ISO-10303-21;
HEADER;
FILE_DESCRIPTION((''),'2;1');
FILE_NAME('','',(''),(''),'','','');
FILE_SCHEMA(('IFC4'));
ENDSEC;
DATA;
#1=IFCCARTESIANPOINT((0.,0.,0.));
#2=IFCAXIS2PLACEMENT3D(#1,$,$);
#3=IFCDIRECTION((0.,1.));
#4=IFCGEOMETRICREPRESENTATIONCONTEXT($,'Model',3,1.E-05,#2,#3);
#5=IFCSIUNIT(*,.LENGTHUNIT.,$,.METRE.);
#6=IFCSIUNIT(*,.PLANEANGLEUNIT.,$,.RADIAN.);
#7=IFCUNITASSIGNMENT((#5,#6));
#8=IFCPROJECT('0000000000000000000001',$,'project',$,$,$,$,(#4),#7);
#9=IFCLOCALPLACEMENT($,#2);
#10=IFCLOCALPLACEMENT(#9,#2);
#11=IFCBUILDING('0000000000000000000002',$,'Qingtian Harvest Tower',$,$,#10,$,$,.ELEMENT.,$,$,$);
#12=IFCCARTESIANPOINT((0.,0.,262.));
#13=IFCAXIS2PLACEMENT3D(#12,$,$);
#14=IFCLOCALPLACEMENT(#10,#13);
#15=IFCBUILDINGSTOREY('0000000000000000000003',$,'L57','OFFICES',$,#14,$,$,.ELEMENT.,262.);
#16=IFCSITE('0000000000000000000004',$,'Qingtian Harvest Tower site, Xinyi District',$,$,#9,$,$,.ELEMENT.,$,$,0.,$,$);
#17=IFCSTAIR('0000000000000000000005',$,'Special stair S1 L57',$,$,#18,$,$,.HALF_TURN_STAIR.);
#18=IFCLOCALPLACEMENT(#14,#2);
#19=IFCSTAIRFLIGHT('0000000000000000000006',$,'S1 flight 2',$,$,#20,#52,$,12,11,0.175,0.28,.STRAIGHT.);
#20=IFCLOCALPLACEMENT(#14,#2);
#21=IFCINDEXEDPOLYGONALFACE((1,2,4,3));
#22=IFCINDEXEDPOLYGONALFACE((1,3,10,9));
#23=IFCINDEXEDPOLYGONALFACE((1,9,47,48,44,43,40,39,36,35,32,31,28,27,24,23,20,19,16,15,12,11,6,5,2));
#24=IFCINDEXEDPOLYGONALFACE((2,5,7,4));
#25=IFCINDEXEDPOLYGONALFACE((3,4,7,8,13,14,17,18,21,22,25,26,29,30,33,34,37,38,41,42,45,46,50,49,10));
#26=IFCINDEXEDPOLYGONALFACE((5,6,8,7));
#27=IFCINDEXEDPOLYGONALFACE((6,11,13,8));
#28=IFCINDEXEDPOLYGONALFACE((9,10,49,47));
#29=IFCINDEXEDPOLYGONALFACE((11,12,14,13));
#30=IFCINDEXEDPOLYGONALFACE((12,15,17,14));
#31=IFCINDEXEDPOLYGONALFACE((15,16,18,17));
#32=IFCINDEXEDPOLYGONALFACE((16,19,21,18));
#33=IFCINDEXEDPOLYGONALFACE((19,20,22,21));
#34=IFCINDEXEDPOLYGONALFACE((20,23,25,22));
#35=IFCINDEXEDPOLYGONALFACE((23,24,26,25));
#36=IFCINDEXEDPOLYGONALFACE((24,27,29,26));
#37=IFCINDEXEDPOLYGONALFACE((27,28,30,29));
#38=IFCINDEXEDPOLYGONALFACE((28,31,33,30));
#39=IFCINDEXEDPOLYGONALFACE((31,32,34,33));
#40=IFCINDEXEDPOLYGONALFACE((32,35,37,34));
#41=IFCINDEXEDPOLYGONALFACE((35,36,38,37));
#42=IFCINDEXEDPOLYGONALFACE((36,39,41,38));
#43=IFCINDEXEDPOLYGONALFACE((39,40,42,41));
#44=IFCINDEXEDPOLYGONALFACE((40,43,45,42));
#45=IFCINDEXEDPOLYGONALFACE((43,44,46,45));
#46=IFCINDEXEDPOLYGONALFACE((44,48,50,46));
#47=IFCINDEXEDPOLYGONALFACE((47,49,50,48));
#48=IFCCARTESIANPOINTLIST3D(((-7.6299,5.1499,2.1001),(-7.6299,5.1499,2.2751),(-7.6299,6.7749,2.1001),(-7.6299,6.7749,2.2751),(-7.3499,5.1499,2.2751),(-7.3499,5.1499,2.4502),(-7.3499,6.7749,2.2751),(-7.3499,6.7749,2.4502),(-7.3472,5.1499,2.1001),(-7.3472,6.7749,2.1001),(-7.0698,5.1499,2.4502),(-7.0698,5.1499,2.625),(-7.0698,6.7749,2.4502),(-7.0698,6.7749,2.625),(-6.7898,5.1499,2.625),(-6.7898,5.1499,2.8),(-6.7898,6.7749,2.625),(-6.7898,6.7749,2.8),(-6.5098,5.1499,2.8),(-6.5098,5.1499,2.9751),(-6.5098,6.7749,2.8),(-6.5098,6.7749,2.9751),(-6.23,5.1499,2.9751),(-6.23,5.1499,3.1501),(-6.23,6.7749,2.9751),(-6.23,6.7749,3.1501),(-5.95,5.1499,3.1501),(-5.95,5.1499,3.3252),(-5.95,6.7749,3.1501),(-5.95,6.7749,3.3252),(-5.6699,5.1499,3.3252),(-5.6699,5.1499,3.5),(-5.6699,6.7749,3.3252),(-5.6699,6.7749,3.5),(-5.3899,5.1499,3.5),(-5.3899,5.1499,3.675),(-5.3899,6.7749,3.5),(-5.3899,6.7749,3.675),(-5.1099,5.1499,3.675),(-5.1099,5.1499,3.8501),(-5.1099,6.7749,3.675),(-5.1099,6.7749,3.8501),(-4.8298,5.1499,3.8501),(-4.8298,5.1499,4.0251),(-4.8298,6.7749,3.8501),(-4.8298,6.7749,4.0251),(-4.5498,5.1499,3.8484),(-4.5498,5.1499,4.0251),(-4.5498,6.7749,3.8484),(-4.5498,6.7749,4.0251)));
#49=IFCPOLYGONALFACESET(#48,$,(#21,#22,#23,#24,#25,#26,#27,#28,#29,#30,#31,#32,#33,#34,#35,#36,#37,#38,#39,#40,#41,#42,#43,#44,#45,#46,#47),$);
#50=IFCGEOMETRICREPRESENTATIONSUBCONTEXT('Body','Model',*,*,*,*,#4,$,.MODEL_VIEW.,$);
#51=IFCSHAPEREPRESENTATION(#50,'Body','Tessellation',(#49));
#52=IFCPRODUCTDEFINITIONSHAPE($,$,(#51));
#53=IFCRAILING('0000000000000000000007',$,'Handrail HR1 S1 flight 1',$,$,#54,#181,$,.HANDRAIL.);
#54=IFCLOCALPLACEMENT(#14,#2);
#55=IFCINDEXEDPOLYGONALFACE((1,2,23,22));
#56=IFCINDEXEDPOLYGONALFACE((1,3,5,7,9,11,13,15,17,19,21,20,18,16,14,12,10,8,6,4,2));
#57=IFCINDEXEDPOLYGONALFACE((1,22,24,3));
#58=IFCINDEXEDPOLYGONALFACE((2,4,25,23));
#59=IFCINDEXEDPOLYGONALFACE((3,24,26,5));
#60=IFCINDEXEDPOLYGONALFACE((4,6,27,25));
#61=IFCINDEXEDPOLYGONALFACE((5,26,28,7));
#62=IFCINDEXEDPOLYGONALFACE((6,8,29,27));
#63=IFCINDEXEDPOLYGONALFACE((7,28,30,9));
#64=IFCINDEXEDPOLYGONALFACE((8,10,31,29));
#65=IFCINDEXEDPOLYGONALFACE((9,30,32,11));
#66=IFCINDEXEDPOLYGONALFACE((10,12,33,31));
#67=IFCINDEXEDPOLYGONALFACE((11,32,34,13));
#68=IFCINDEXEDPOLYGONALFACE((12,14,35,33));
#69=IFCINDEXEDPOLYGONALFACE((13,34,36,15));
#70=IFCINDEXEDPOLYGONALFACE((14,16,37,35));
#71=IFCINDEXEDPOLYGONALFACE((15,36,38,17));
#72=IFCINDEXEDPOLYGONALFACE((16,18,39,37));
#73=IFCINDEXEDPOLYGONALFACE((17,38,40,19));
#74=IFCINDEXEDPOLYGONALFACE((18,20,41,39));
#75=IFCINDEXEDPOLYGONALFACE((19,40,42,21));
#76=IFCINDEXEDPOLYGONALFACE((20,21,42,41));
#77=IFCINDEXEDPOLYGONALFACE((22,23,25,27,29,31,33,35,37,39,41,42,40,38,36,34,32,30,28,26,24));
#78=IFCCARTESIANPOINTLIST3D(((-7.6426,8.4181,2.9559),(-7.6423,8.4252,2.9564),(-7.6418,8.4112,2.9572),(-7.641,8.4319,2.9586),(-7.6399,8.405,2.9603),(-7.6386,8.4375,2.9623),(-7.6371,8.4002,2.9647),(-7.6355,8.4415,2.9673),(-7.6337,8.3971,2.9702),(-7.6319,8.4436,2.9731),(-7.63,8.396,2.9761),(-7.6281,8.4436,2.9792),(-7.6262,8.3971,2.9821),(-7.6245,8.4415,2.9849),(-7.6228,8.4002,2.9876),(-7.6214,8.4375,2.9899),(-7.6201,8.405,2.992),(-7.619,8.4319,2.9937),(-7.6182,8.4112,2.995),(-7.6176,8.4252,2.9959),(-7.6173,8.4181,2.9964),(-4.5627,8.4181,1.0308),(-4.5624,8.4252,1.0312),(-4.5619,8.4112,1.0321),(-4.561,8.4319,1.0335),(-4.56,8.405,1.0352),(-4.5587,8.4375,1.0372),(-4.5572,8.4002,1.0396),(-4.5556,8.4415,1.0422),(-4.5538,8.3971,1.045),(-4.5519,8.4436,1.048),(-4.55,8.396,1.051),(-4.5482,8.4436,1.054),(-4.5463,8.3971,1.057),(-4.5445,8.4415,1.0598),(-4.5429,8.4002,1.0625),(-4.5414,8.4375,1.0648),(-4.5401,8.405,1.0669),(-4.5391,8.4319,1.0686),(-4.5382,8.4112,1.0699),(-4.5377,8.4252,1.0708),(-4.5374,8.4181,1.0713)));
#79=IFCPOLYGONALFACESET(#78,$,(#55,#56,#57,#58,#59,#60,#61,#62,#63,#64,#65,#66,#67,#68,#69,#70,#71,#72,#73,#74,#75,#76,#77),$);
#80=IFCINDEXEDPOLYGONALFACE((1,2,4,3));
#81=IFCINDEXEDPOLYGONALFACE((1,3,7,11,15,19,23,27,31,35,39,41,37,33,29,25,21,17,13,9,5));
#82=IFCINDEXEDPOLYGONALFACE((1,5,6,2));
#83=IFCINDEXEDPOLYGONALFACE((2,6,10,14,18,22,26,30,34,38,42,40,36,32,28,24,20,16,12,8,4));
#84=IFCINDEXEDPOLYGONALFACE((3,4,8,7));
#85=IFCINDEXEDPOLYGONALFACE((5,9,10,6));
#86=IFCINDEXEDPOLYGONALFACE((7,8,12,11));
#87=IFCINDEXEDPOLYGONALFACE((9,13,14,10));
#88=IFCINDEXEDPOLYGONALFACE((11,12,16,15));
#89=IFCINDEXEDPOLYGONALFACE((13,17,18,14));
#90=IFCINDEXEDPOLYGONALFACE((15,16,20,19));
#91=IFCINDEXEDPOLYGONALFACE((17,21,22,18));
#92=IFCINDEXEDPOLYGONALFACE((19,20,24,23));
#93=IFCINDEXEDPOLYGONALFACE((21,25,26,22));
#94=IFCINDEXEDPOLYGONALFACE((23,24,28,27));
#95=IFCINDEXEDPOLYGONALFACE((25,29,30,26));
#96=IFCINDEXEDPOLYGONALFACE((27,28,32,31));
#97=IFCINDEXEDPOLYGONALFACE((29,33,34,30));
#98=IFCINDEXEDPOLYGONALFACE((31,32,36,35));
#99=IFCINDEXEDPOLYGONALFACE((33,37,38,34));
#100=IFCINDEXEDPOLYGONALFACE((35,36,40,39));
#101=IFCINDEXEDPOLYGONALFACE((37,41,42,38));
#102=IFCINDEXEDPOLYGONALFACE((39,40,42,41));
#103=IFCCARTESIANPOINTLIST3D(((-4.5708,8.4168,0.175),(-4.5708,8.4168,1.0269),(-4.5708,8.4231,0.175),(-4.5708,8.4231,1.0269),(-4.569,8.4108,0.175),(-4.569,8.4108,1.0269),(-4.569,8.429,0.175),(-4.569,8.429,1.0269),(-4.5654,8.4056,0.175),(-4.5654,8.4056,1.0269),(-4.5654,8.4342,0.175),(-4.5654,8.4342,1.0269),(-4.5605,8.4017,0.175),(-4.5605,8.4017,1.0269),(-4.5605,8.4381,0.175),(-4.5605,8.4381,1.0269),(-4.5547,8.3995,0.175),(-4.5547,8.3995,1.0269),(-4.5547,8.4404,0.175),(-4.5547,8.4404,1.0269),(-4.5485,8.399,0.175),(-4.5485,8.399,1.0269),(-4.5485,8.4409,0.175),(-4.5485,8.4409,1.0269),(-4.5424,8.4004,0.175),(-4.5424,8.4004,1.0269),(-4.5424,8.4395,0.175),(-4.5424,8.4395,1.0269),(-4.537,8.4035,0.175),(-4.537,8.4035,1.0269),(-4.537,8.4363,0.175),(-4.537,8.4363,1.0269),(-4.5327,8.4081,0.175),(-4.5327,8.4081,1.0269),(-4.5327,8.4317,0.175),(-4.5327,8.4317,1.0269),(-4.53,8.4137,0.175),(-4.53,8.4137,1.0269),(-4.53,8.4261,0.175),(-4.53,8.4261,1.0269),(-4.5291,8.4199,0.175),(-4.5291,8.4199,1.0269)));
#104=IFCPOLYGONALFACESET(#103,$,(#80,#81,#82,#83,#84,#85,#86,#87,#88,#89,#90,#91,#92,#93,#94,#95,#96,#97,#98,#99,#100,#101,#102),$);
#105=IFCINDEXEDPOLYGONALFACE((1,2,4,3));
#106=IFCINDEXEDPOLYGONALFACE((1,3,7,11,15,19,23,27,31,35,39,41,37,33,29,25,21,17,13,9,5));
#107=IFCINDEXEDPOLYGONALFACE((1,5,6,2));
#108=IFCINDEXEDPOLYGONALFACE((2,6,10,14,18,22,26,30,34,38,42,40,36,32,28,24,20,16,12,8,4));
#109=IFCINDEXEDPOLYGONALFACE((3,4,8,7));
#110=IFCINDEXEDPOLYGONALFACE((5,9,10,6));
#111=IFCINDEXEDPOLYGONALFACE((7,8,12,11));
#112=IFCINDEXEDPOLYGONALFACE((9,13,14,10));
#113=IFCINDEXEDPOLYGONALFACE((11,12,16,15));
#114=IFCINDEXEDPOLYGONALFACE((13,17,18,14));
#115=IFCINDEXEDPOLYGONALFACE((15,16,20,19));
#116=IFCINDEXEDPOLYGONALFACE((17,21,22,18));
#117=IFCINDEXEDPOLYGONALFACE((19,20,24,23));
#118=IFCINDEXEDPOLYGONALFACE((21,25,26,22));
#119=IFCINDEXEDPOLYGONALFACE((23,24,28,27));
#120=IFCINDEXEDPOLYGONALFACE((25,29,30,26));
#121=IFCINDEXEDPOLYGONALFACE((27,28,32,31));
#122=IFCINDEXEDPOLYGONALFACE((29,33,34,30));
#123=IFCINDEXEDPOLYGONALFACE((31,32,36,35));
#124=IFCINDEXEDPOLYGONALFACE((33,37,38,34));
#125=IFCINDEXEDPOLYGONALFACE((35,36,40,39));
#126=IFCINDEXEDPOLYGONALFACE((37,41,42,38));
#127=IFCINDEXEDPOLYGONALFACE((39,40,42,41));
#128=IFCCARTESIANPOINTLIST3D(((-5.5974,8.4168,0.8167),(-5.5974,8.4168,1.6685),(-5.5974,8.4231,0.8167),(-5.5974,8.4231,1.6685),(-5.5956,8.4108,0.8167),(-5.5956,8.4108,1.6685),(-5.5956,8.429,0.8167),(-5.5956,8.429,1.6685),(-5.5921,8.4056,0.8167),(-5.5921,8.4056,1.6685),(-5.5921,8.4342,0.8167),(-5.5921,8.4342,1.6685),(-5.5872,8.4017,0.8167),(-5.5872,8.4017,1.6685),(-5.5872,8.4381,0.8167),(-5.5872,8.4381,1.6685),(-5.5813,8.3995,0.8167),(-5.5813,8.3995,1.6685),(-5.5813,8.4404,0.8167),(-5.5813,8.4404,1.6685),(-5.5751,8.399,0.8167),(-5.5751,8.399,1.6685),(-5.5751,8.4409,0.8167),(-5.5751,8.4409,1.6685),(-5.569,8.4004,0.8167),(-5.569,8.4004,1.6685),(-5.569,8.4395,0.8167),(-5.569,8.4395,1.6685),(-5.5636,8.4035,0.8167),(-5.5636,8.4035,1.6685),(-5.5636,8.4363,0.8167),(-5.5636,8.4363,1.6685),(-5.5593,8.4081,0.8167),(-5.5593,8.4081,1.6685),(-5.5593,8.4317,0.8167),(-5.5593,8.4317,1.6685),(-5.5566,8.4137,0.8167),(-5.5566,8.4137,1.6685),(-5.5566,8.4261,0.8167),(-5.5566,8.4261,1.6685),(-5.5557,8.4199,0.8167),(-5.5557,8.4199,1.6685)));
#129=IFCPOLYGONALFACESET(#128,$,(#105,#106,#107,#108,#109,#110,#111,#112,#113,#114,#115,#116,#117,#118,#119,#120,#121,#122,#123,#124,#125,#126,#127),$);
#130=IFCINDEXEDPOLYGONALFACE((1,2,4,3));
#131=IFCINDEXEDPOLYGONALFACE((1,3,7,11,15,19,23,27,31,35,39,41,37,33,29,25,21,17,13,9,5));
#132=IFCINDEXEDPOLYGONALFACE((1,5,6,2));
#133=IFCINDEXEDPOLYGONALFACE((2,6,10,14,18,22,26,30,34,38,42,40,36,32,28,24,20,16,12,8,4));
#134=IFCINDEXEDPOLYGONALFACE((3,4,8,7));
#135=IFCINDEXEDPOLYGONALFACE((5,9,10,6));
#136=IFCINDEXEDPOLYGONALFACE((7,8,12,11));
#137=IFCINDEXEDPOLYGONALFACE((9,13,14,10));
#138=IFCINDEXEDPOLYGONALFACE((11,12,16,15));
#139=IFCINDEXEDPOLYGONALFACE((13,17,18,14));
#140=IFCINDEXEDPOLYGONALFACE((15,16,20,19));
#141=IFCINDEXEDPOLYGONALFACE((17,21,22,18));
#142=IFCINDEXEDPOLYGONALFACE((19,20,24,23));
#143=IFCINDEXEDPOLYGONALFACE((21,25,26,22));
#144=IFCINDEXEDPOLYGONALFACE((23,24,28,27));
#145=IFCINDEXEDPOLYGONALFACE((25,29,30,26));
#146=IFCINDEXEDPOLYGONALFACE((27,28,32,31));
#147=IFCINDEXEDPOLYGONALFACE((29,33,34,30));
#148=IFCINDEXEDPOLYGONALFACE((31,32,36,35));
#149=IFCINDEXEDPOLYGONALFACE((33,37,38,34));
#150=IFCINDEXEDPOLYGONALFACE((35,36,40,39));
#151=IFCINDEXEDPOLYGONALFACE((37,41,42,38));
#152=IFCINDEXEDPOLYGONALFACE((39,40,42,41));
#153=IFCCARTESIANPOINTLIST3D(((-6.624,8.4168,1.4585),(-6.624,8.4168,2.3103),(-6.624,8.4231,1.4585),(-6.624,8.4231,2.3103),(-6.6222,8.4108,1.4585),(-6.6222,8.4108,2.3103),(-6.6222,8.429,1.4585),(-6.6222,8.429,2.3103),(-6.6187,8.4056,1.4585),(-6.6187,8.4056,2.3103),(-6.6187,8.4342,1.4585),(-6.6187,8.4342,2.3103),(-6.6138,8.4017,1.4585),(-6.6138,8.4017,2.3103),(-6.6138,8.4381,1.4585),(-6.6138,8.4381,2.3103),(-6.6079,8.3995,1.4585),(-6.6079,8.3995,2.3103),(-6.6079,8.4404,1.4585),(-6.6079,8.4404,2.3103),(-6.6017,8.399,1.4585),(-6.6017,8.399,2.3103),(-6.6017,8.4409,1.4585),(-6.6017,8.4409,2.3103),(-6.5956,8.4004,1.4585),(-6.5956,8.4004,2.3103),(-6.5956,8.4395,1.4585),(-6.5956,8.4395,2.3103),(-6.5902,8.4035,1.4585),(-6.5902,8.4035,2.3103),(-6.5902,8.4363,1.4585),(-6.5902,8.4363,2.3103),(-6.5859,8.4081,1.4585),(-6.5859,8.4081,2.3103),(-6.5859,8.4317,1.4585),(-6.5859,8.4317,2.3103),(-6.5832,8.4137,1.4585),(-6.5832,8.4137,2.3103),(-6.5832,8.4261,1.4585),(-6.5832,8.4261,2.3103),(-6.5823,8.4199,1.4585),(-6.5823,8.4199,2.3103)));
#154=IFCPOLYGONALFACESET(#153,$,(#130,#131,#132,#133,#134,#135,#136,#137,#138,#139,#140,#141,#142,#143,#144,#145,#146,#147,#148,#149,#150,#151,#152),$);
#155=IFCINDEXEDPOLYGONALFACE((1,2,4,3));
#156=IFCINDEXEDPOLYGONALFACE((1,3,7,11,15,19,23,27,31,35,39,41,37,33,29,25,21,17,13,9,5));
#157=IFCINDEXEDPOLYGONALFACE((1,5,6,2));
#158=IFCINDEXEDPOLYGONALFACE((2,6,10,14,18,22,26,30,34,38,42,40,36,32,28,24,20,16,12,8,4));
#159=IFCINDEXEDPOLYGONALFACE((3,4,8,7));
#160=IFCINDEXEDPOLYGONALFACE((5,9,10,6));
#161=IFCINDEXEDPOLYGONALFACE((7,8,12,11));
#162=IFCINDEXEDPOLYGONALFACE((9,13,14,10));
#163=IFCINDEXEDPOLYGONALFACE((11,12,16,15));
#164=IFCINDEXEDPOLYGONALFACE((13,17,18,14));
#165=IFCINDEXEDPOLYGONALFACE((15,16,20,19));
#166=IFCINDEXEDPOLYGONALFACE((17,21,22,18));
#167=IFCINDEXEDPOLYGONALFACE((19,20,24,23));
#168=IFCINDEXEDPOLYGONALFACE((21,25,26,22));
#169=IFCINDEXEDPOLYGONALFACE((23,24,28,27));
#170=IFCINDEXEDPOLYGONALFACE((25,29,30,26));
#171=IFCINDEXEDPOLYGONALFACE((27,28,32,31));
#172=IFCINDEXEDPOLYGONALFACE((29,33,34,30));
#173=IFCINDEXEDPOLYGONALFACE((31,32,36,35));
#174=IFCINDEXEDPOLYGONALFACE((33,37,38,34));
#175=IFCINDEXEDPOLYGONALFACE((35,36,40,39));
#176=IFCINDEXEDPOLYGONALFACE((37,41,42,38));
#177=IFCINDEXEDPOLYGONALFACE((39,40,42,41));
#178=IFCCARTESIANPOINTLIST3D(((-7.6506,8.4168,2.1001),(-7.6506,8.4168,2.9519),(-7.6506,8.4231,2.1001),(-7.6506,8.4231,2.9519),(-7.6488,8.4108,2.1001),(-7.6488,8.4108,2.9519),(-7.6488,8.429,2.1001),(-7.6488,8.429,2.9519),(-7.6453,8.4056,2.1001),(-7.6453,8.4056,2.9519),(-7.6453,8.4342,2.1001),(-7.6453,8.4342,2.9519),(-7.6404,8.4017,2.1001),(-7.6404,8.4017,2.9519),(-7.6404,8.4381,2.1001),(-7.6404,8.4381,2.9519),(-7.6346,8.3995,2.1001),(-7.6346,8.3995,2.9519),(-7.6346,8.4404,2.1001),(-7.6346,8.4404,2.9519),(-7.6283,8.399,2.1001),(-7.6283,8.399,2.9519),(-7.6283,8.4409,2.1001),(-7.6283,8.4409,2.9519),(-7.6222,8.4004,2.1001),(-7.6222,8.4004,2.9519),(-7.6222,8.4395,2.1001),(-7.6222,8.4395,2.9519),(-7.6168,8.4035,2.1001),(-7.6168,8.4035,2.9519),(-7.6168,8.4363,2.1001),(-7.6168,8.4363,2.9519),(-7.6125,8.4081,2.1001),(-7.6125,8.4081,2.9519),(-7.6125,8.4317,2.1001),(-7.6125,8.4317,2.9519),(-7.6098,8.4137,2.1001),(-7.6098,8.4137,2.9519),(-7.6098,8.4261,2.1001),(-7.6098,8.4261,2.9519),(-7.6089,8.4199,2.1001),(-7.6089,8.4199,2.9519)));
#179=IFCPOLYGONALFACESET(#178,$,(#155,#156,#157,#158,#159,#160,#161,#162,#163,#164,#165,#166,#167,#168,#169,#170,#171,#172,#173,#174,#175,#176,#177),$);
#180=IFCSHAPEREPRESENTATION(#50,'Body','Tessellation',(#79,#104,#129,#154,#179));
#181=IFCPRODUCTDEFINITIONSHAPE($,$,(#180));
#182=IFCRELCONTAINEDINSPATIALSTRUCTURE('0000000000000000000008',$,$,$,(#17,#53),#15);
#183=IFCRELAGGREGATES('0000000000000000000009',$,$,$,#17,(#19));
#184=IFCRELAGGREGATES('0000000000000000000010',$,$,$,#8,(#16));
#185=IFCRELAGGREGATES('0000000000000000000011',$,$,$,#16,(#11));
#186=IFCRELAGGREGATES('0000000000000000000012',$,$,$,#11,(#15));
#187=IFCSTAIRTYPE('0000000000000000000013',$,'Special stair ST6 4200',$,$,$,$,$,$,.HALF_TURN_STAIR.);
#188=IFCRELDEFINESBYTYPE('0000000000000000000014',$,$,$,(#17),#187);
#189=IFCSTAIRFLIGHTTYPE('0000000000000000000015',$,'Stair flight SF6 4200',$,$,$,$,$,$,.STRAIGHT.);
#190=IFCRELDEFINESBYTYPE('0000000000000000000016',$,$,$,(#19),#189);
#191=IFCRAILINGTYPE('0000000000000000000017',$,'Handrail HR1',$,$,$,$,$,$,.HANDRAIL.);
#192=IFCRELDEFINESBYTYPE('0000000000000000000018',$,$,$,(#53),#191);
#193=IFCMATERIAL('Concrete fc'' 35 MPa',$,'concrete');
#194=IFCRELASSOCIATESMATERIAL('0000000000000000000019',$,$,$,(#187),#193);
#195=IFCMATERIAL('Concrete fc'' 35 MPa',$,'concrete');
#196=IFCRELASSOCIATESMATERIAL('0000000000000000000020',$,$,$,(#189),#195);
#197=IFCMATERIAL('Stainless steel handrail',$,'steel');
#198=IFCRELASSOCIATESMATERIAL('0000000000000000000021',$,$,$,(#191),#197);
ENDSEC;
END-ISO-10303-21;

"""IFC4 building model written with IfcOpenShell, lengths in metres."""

from ifc_helpers import new_model, si_unit, direction, frame, origin, origin_2d, place, context, subcontext, project, spatial, polyline, circle, outline, extrude, material, type_object, element, aggregate, save


model = new_model("IFC4")

# Units and contexts
model_context = context("Model", 3, precision=1e-05, world=origin(), true_north=direction((0.0, 1.0)))
body_context = subcontext(model_context, "Body", "Model", "MODEL_VIEW")
ifc_project = project(units=[si_unit("LENGTHUNIT", "METRE"), si_unit("PLANEANGLEUNIT", "RADIAN")], contexts=[model_context])

# Site, building, storey
site_placement = place(None, origin())
site = spatial("IfcSite", under=ifc_project, at=site_placement, Name="Qingtian Harvest Tower site, Xinyi District", CompositionType="ELEMENT", RefElevation=0.0)
building_placement = place(site_placement, origin())
building = spatial("IfcBuilding", under=site, at=building_placement, Name="Qingtian Harvest Tower", CompositionType="ELEMENT")
storey_placement = place(building_placement, frame((0.0, 0.0, 262.0)))
storey = spatial("IfcBuildingStorey", under=building, at=storey_placement, Name="L57", Description="OFFICES", CompositionType="ELEMENT", Elevation=262.0)

# Stair, stair flight
ifc_material_1 = material(Name="Concrete fc' 35 MPa", Category="concrete")
stair_type = type_object("IfcStairType", Name="Special stair ST6 4200", PredefinedType="HALF_TURN_STAIR", material=ifc_material_1)
stair_placement = place(storey_placement, origin())
stair = element("IfcStair", 1, at=stair_placement, inside=storey, type_object=stair_type, Name="Special stair S1 L57", PredefinedType="HALF_TURN_STAIR")
ifc_material_2 = material(Name="Concrete fc' 35 MPa", Category="concrete")
stair_flight_type = type_object("IfcStairFlightType", Name="Stair flight SF6 4200", PredefinedType="STRAIGHT", material=ifc_material_2)
stair_flight_1_placement = place(storey_placement, frame((-7.6299, 5.9624, 2.1001), z_axis=(0.0, 0.0, 1.0), x_axis=(1.0, 0.0, 0.0)))
stair_flight_1 = element("IfcStairFlight", 2, at=stair_flight_1_placement, type_object=stair_flight_type, Name="S1 flight 2", NumberOfRisers=12, NumberOfTreads=11, PredefinedType="STRAIGHT", RiserHeight=0.175, TreadLength=0.28, context=body_context, shape_type="SweptSolid", body=[
    extrude(outline(polyline([(0.0, 0.0), (0.0, 0.175), (0.28, 0.175), (0.28, 0.3501), (0.5601, 0.3501), (0.5601, 0.5249), (0.8401, 0.5249), (0.8401, 0.7), (1.1201, 0.7), (1.1201, 0.875), (1.3999, 0.875), (1.3999, 1.05), (1.6799, 1.05), (1.6799, 1.2251), (1.96, 1.2251), (1.96, 1.3999), (2.24, 1.3999), (2.24, 1.575), (2.52, 1.575), (2.52, 1.75), (2.8, 1.75), (2.8, 1.925), (3.0801, 1.925), (3.0801, 2.1001), (3.0801, 1.7483), (0.2827, 0.0), (0.0, 0.0)])), frame((0.0, 0.8125, 0.0), z_axis=(0.0, -1.0, 0.0), x_axis=(1.0, 0.0, 0.0)), (0.0, 0.0, 1.0), 1.625),
])
aggregate(stair, [stair_flight_1])

# Railing
ifc_material_3 = material(Name="Stainless steel handrail", Category="steel")
railing_type = type_object("IfcRailingType", Name="Handrail HR1", PredefinedType="HANDRAIL", material=ifc_material_3)
railing_1_placement = place(storey_placement, frame((-4.55, 8.4199, 0.175)))
element("IfcRailing", 3, at=railing_1_placement, inside=storey, type_object=railing_type, Name="Handrail HR1 S1 flight 1", PredefinedType="HANDRAIL", context=body_context, shape_type="SweptSolid", body=[
    extrude(circle(Radius=0.0239, at=origin_2d()), frame((0.0, 0.0, 0.876), z_axis=(-0.847979, 0.0, 0.530029), x_axis=(0.0, -1.0, 0.0)), (0.0, 0.0, 1.0), 3.6321),
    extrude(circle(Radius=0.021, at=origin_2d()), origin(), (0.0, 0.0, 1.0), 0.8518),
    extrude(circle(Radius=0.021, at=origin_2d()), frame((-1.0266, 0.0, 0.6416)), (0.0, 0.0, 1.0), 0.8518),
    extrude(circle(Radius=0.021, at=origin_2d()), frame((-2.0532, 0.0, 1.2834)), (0.0, 0.0, 1.0), 0.8518),
    extrude(circle(Radius=0.021, at=origin_2d()), frame((-3.0798, 0.0, 1.925)), (0.0, 0.0, 1.0), 0.8518),
])

save(model, "model.ifc")
